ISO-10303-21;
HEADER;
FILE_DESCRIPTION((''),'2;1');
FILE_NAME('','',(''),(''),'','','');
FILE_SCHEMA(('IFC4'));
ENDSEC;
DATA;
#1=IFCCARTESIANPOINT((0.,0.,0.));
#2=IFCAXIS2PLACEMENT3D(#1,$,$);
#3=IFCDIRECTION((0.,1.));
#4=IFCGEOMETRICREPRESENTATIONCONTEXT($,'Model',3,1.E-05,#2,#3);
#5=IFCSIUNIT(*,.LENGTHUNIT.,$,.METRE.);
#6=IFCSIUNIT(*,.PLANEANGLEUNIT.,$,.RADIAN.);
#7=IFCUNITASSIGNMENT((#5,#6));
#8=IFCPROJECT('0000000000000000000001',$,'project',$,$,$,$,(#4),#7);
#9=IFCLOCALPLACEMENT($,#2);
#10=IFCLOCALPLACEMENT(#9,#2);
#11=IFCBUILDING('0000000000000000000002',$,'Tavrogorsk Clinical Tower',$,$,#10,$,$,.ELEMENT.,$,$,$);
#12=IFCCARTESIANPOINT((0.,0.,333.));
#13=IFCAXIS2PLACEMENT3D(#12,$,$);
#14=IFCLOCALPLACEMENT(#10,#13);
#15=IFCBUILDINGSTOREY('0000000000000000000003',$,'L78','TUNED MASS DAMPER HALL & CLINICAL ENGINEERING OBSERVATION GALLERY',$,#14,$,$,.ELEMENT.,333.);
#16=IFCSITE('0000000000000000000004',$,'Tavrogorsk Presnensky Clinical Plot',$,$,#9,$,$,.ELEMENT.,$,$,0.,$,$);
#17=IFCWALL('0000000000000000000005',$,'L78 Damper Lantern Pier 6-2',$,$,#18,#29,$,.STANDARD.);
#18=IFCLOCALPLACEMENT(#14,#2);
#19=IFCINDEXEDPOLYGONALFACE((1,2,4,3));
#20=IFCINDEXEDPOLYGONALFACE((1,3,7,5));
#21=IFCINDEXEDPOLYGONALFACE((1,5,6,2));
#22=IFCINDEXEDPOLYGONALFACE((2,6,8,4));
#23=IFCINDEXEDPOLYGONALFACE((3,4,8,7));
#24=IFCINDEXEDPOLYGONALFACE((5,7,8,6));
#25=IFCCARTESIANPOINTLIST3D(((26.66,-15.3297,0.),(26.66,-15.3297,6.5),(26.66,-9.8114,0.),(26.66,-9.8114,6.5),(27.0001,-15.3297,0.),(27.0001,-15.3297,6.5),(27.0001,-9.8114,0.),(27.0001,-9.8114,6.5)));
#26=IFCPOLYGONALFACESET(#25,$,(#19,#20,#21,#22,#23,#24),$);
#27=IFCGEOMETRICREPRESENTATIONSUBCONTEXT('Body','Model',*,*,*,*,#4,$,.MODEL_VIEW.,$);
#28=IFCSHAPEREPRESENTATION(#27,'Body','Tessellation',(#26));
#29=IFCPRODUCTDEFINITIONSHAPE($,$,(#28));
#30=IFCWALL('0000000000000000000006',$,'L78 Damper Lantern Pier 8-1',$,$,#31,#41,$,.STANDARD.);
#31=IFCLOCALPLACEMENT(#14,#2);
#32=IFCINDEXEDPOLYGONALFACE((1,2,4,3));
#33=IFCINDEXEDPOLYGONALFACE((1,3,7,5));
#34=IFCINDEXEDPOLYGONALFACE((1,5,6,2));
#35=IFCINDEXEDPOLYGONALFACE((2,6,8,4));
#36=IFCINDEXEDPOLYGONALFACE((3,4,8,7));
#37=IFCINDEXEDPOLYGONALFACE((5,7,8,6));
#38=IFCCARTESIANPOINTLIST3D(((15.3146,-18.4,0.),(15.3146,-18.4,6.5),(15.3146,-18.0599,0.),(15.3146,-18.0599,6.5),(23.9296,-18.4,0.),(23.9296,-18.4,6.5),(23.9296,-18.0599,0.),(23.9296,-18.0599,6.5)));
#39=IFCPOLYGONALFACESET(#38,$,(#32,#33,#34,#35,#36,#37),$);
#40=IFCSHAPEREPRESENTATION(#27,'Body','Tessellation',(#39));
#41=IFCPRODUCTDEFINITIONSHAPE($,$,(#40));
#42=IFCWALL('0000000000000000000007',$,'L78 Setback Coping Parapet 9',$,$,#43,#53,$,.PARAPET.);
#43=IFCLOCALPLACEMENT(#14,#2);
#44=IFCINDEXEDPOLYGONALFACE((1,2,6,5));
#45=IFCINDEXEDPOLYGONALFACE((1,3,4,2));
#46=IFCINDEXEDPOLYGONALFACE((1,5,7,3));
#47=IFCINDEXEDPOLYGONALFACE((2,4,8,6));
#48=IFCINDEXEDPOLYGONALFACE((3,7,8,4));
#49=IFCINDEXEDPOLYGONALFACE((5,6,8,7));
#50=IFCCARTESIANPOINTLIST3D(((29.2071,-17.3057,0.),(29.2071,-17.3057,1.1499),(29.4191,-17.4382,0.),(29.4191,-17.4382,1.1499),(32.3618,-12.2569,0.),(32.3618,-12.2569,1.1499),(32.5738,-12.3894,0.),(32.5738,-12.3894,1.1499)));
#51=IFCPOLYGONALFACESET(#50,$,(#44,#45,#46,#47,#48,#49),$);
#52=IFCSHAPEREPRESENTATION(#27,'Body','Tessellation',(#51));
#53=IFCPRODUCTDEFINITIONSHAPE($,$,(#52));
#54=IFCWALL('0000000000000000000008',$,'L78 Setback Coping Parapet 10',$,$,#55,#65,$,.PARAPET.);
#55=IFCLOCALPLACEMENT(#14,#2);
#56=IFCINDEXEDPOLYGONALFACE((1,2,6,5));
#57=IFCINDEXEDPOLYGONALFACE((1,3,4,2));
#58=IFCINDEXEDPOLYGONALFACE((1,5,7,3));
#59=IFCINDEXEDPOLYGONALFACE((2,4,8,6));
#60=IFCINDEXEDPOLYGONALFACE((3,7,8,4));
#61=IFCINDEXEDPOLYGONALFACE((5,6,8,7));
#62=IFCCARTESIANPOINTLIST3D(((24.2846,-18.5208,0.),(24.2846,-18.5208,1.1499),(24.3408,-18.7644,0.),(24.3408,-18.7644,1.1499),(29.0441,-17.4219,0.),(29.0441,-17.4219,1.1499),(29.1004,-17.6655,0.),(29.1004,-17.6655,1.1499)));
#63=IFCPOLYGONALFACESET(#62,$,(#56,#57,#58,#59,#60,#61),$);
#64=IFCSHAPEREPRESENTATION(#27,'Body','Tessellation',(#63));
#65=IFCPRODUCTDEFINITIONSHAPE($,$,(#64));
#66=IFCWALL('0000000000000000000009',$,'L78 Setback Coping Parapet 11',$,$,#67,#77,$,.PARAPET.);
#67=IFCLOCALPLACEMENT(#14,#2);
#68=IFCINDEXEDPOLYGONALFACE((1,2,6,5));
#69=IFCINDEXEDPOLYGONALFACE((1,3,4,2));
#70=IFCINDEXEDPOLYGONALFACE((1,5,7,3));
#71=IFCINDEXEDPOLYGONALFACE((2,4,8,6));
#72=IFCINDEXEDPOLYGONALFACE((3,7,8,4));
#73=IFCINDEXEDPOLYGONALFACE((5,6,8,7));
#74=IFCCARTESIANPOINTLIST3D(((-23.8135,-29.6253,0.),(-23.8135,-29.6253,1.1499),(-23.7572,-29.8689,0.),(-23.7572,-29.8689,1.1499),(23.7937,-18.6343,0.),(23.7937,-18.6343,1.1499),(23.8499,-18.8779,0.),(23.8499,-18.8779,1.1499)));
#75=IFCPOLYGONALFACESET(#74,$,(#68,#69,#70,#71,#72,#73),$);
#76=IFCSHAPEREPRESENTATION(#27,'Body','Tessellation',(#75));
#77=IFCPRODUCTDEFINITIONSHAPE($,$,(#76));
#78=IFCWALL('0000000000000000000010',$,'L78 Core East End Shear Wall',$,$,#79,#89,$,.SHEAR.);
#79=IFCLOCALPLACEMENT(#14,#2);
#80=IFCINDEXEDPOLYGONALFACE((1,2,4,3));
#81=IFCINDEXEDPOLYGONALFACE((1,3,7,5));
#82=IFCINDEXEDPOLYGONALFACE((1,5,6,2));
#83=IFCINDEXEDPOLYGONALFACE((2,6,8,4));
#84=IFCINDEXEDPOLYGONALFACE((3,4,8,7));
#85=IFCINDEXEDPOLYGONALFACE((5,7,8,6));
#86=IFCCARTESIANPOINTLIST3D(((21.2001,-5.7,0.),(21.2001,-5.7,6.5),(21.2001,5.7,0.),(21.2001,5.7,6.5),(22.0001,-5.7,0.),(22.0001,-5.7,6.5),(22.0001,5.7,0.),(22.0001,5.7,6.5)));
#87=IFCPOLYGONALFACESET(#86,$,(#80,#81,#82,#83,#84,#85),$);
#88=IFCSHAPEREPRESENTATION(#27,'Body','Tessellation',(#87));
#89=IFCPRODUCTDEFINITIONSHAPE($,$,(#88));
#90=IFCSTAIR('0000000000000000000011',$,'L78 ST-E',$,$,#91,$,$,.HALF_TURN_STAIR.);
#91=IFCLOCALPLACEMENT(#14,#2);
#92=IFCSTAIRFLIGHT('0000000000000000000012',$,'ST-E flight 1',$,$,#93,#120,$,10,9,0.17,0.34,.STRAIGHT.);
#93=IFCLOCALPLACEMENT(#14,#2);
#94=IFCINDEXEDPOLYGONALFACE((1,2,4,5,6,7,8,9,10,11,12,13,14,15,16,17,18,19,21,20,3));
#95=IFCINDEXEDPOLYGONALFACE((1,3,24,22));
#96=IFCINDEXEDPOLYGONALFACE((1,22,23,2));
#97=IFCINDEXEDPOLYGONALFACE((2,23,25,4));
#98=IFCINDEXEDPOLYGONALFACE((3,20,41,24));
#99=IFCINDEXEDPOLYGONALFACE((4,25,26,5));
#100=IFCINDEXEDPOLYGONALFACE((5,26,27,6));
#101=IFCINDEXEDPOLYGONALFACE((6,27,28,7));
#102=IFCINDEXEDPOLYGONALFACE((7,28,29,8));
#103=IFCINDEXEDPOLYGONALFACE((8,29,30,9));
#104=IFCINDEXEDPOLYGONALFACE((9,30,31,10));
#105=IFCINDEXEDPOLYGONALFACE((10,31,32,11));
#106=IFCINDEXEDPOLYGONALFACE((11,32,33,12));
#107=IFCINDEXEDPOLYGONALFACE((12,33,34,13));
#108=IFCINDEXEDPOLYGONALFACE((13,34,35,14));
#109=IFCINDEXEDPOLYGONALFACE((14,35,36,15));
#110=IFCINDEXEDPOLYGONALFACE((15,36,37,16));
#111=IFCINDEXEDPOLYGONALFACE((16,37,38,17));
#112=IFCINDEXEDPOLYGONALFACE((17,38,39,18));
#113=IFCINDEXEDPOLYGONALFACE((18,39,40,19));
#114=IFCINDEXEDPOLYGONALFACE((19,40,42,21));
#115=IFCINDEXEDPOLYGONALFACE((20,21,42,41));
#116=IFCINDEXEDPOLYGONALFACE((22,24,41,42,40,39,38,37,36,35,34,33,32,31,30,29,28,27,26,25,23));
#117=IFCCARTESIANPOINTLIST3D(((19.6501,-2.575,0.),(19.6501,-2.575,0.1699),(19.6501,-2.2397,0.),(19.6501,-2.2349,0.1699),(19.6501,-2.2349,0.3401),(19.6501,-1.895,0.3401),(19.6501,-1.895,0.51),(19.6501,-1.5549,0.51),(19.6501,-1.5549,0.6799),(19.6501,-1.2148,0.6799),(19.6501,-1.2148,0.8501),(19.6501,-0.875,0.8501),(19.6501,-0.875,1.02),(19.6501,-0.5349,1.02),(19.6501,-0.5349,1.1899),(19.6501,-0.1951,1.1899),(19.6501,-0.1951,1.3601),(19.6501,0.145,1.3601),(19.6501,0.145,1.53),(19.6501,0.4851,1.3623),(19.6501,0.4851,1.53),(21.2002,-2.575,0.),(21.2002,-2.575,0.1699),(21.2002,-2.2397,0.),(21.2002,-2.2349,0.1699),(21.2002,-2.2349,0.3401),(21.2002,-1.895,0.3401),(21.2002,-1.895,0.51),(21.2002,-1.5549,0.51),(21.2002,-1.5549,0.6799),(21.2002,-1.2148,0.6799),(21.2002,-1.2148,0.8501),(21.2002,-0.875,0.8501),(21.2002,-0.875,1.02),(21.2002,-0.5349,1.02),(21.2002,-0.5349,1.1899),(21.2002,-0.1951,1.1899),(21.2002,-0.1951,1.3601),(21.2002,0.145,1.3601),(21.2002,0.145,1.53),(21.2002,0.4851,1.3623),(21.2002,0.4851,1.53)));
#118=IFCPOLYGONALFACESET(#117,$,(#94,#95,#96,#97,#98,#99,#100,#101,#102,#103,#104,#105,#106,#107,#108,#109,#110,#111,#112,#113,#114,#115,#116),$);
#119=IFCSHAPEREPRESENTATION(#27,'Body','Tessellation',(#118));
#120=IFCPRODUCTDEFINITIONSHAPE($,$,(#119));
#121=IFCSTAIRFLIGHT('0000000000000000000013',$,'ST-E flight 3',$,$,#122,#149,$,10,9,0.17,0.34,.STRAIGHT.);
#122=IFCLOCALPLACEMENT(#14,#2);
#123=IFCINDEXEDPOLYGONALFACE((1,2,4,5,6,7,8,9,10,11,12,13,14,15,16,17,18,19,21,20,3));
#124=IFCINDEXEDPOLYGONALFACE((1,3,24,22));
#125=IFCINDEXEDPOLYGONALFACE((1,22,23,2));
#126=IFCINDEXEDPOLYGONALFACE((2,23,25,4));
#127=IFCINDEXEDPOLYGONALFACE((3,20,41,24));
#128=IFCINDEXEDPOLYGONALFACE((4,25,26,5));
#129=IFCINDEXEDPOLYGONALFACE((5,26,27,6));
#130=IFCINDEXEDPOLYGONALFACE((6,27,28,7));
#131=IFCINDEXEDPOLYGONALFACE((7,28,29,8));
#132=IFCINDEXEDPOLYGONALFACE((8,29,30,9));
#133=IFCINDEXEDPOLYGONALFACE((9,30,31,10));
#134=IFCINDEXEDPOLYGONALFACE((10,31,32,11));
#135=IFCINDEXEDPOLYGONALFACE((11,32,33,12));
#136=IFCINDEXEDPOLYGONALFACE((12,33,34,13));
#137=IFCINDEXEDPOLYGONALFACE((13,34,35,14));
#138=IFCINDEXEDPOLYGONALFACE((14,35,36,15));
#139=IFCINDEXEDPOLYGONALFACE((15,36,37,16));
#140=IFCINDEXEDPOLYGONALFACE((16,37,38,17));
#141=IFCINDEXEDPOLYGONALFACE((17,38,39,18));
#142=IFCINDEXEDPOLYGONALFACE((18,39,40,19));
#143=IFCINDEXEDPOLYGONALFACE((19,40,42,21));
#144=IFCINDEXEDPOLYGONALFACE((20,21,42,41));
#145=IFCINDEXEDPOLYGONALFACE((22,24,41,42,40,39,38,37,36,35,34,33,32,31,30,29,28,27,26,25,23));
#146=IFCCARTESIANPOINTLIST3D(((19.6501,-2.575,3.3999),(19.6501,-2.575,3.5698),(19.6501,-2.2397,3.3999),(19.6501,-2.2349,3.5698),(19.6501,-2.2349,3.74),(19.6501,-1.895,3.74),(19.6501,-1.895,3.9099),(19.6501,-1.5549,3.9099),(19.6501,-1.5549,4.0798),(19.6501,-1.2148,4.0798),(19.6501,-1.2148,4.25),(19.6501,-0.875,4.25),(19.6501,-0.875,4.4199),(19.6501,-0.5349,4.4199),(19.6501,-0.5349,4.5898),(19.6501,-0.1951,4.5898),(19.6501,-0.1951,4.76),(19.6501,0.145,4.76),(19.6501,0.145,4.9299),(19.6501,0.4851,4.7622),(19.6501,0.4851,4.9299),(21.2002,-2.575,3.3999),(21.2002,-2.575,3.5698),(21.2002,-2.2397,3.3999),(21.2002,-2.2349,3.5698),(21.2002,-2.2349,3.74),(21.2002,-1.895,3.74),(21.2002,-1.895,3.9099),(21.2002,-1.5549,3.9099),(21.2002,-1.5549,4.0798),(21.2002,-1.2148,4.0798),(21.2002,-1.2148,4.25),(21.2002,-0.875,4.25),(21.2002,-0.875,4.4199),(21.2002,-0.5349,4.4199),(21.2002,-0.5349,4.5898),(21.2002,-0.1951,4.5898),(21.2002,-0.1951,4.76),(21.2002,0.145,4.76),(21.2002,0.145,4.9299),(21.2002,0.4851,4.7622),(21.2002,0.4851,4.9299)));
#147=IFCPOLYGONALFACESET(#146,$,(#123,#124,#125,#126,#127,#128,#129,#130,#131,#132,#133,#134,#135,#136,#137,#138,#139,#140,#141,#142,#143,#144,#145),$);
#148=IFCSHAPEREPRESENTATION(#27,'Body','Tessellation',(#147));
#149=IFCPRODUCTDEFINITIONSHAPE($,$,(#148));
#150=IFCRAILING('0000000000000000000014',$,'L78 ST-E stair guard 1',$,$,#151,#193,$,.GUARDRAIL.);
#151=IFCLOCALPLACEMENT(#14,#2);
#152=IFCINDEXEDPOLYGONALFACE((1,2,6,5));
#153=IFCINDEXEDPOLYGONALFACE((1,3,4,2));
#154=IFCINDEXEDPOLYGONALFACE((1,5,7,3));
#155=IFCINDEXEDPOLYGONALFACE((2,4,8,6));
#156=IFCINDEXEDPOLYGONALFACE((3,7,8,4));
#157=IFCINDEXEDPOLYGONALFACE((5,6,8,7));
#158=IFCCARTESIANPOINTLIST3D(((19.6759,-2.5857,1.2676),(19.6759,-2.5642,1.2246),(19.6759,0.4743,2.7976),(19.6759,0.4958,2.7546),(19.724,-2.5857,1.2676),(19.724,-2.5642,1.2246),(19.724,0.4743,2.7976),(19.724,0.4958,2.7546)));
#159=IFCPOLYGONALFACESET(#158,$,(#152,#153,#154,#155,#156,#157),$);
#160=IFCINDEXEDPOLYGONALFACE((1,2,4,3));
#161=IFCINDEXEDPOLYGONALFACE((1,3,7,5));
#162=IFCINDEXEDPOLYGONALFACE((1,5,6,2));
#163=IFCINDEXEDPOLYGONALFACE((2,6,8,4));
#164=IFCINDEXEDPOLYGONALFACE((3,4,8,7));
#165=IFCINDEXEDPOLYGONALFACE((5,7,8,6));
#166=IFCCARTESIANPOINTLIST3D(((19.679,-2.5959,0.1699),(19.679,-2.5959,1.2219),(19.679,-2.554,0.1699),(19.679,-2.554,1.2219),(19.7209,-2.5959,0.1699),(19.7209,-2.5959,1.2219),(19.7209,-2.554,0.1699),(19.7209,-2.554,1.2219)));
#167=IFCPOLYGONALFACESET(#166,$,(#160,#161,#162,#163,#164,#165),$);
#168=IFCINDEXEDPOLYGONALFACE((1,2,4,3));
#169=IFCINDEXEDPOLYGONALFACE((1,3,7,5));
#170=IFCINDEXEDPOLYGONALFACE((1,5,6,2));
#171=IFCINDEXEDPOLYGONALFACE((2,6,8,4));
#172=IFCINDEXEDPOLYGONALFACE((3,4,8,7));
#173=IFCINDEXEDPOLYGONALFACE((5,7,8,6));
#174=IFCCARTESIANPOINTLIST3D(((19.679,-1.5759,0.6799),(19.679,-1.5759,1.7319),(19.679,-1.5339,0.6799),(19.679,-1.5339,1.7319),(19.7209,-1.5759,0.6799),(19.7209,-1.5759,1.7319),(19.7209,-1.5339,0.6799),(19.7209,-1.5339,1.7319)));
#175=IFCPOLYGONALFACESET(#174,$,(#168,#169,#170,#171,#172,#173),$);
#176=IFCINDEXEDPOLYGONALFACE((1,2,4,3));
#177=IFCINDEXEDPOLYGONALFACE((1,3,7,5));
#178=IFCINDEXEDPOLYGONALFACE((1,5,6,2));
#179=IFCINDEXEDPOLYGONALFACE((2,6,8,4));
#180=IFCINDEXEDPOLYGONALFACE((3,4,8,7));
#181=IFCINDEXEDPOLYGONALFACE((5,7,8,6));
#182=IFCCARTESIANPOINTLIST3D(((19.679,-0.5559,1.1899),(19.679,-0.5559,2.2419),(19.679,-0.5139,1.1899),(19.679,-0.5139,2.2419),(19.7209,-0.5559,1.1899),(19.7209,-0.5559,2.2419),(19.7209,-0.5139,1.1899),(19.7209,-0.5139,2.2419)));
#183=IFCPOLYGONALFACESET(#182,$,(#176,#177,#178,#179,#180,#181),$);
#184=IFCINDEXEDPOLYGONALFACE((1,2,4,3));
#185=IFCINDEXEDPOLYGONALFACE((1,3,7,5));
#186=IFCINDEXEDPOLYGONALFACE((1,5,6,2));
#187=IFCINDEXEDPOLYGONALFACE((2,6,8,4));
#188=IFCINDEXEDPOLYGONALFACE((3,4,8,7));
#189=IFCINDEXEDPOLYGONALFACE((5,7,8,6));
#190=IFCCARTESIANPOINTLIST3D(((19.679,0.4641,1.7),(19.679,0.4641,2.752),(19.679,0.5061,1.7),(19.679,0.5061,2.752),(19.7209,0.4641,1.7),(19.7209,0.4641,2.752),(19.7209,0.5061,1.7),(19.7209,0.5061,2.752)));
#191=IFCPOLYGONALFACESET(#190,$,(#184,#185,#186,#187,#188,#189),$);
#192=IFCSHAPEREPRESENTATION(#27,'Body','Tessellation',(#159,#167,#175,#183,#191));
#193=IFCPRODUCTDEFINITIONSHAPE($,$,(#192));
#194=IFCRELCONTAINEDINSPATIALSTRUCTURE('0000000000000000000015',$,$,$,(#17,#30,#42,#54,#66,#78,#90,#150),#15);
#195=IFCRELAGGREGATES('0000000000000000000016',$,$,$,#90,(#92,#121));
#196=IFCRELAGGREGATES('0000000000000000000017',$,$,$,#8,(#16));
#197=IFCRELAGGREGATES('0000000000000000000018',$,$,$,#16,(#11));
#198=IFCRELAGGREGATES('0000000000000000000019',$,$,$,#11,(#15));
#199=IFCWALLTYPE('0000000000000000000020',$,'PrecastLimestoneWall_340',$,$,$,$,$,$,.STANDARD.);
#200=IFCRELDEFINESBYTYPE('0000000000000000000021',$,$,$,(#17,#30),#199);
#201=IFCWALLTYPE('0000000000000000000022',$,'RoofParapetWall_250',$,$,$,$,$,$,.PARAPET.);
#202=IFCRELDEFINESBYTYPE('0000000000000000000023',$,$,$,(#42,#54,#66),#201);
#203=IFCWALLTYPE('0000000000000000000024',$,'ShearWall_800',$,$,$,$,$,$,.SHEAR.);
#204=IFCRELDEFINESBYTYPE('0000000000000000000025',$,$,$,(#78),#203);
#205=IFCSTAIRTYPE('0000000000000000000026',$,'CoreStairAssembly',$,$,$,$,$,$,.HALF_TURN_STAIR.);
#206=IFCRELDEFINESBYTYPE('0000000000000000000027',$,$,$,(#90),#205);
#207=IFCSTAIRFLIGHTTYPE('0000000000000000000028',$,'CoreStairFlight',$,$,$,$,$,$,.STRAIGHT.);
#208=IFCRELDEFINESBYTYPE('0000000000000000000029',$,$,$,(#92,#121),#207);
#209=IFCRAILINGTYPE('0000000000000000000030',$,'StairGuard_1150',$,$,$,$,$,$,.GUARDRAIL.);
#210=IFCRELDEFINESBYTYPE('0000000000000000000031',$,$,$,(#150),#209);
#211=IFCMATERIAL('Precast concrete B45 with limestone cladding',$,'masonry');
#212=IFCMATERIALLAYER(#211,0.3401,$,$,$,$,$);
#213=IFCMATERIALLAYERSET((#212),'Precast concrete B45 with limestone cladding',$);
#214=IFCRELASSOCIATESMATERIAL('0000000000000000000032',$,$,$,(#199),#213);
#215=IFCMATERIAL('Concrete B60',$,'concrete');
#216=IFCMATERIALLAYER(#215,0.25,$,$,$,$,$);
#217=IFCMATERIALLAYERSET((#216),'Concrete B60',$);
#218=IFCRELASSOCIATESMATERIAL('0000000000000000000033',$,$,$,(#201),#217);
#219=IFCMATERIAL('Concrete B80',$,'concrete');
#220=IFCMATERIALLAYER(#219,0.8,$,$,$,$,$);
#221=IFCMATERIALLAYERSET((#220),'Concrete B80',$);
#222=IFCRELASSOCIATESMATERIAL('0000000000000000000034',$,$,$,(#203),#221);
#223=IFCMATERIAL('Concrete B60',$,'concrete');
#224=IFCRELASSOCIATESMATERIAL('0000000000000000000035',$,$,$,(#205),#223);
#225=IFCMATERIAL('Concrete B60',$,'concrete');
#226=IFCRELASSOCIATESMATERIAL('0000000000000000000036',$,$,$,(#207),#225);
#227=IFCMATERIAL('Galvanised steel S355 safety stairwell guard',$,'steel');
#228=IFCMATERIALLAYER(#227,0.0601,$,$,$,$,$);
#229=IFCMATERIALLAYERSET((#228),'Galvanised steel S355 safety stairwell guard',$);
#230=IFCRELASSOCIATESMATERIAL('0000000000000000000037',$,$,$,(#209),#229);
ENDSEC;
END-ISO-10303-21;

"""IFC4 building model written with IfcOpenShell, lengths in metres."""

from ifc_helpers import new_model, si_unit, direction, frame, frame_2d, origin, origin_2d, place, context, subcontext, project, spatial, polyline, rectangle, outline, extrude, material, layer, layer_set, type_object, element, aggregate, save


model = new_model("IFC4")

# Units and contexts
model_context = context("Model", 3, precision=1e-05, world=origin(), true_north=direction((0.0, 1.0)))
body_context = subcontext(model_context, "Body", "Model", "MODEL_VIEW")
ifc_project = project(units=[si_unit("LENGTHUNIT", "METRE"), si_unit("PLANEANGLEUNIT", "RADIAN")], contexts=[model_context])

# Site, building, storey
site_placement = place(None, origin())
site = spatial("IfcSite", under=ifc_project, at=site_placement, Name="Tavrogorsk Presnensky Clinical Plot", CompositionType="ELEMENT", RefElevation=0.0)
building_placement = place(site_placement, origin())
building = spatial("IfcBuilding", under=site, at=building_placement, Name="Tavrogorsk Clinical Tower", CompositionType="ELEMENT")
storey_placement = place(building_placement, frame((0.0, 0.0, 333.0)))
storey = spatial("IfcBuildingStorey", under=building, at=storey_placement, Name="L78", Description="TUNED MASS DAMPER HALL & CLINICAL ENGINEERING OBSERVATION GALLERY", CompositionType="ELEMENT", Elevation=333.0)

# Walls
ifc_material_1 = material(Name="Precast concrete B45 with limestone cladding", Category="masonry")
ifc_layer_1 = layer(ifc_material_1, 0.3401)
ifc_layer_set_1 = layer_set([ifc_layer_1], Name="Precast concrete B45 with limestone cladding")
wall_type_1 = type_object("IfcWallType", Name="PrecastLimestoneWall_340", PredefinedType="STANDARD", material=ifc_layer_set_1)
wall_1_placement = place(storey_placement, frame((26.8301, -9.8113, 0.0), z_axis=(0.0, 0.0, 1.0), x_axis=(0.0, -1.0, 0.0)))
element("IfcWall", 1, at=wall_1_placement, inside=storey, type_object=wall_type_1, Name="L78 Damper Lantern Pier 6-2", PredefinedType="STANDARD", context=body_context, shape_type="SweptSolid", body=[
    extrude(rectangle(XDim=5.5183, YDim=0.3401, at=frame_2d((2.7593, 0.0))), origin(), (0.0, 0.0, 1.0), 6.5),
])
wall_2_placement = place(storey_placement, frame((23.9297, -18.23, 0.0), z_axis=(0.0, 0.0, 1.0), x_axis=(-1.0, 0.0, 0.0)))
element("IfcWall", 2, at=wall_2_placement, inside=storey, type_object=wall_type_1, Name="L78 Damper Lantern Pier 8-1", PredefinedType="STANDARD", context=body_context, shape_type="SweptSolid", body=[
    extrude(rectangle(XDim=8.615, YDim=0.3401, at=frame_2d((4.3076, 0.0))), origin(), (0.0, 0.0, 1.0), 6.5),
])
ifc_material_2 = material(Name="Concrete B60", Category="concrete")
ifc_layer_2 = layer(ifc_material_2, 0.25)
ifc_layer_set_2 = layer_set([ifc_layer_2], Name="Concrete B60")
wall_type_2 = type_object("IfcWallType", Name="RoofParapetWall_250", PredefinedType="PARAPET", material=ifc_layer_set_2)
wall_3_placement = place(storey_placement, frame((32.4678, -12.3232, 0.0), z_axis=(0.0, 0.0, 1.0), x_axis=(-0.52991, -0.848054, 0.0)))
element("IfcWall", 3, at=wall_3_placement, inside=storey, type_object=wall_type_2, Name="L78 Setback Coping Parapet 9", PredefinedType="PARAPET", context=body_context, shape_type="SweptSolid", body=[
    extrude(rectangle(XDim=5.9534, YDim=0.25, at=frame_2d((2.9766, 0.0))), origin(), (0.0, 0.0, 1.0), 1.1499),
])
wall_4_placement = place(storey_placement, frame((29.0723, -17.5437, 0.0), z_axis=(0.0, 0.0, 1.0), x_axis=(-0.974368, -0.224962, 0.0)))
element("IfcWall", 4, at=wall_4_placement, inside=storey, type_object=wall_type_2, Name="L78 Setback Coping Parapet 10", PredefinedType="PARAPET", context=body_context, shape_type="SweptSolid", body=[
    extrude(rectangle(XDim=4.8848, YDim=0.25, at=frame_2d((2.4424, 0.0))), origin(), (0.0, 0.0, 1.0), 1.1499),
])
wall_5_placement = place(storey_placement, frame((23.8218, -18.7561, 0.0), z_axis=(0.0, 0.0, 1.0), x_axis=(-0.97437, -0.224951, 0.0)))
element("IfcWall", 5, at=wall_5_placement, inside=storey, type_object=wall_type_2, Name="L78 Setback Coping Parapet 11", PredefinedType="PARAPET", context=body_context, shape_type="SweptSolid", body=[
    extrude(rectangle(XDim=48.8594, YDim=0.25, at=frame_2d((24.4297, 0.0))), origin(), (0.0, 0.0, 1.0), 1.1499),
])
ifc_material_3 = material(Name="Concrete B80", Category="concrete")
ifc_layer_3 = layer(ifc_material_3, 0.8)
ifc_layer_set_3 = layer_set([ifc_layer_3], Name="Concrete B80")
wall_type_3 = type_object("IfcWallType", Name="ShearWall_800", PredefinedType="SHEAR", material=ifc_layer_set_3)
wall_6_placement = place(storey_placement, frame((21.6001, -5.7, 0.0), z_axis=(0.0, 0.0, 1.0), x_axis=(0.0, 1.0, 0.0)))
element("IfcWall", 6, at=wall_6_placement, inside=storey, type_object=wall_type_3, Name="L78 Core East End Shear Wall", PredefinedType="SHEAR", context=body_context, shape_type="SweptSolid", body=[
    extrude(rectangle(XDim=11.3999, YDim=0.8, at=frame_2d((5.7, 0.0))), origin(), (0.0, 0.0, 1.0), 6.5),
])

# Stair, stair flights
ifc_material_4 = material(Name="Concrete B60", Category="concrete")
stair_type = type_object("IfcStairType", Name="CoreStairAssembly", PredefinedType="HALF_TURN_STAIR", material=ifc_material_4)
stair_placement = place(storey_placement, origin())
stair = element("IfcStair", 7, at=stair_placement, inside=storey, type_object=stair_type, Name="L78 ST-E", PredefinedType="HALF_TURN_STAIR")
ifc_material_5 = material(Name="Concrete B60", Category="concrete")
stair_flight_type = type_object("IfcStairFlightType", Name="CoreStairFlight", PredefinedType="STRAIGHT", material=ifc_material_5)
stair_flight_1_placement = place(storey_placement, frame((20.425, -2.575, 0.0), z_axis=(0.0, 0.0, 1.0), x_axis=(0.0, 1.0, 0.0)))
stair_flight_1 = element("IfcStairFlight", 8, at=stair_flight_1_placement, type_object=stair_flight_type, Name="ST-E flight 1", NumberOfRisers=10, NumberOfTreads=9, PredefinedType="STRAIGHT", RiserHeight=0.17, TreadLength=0.34, context=body_context, shape_type="SweptSolid", body=[
    extrude(outline(polyline([(0.0, 0.0), (0.0, 0.1699), (0.3401, 0.1699), (0.3401, 0.3401), (0.6799, 0.3401), (0.6799, 0.51), (1.02, 0.51), (1.02, 0.6799), (1.3601, 0.6799), (1.3601, 0.8501), (1.7, 0.8501), (1.7, 1.02), (2.04, 1.02), (2.04, 1.1899), (2.3799, 1.1899), (2.3799, 1.3601), (2.72, 1.3601), (2.72, 1.53), (3.0601, 1.53), (3.0601, 1.7), (3.0601, 1.3623), (0.3352, 0.0), (0.0, 0.0)])), frame((0.0, 0.7749, 0.0), z_axis=(0.0, -1.0, 0.0), x_axis=(1.0, 0.0, 0.0)), (0.0, 0.0, 1.0), 1.55),
])
stair_flight_2_placement = place(storey_placement, frame((20.425, -2.575, 3.3999), z_axis=(0.0, 0.0, 1.0), x_axis=(0.0, 1.0, 0.0)))
stair_flight_2 = element("IfcStairFlight", 9, at=stair_flight_2_placement, type_object=stair_flight_type, Name="ST-E flight 3", NumberOfRisers=10, NumberOfTreads=9, PredefinedType="STRAIGHT", RiserHeight=0.17, TreadLength=0.34, context=body_context, shape_type="SweptSolid", body=[
    extrude(outline(polyline([(0.0, 0.0), (0.0, 0.1699), (0.3401, 0.1699), (0.3401, 0.3401), (0.6799, 0.3401), (0.6799, 0.51), (1.02, 0.51), (1.02, 0.6799), (1.3601, 0.6799), (1.3601, 0.8501), (1.7, 0.8501), (1.7, 1.02), (2.04, 1.02), (2.04, 1.1899), (2.3799, 1.1899), (2.3799, 1.3601), (2.72, 1.3601), (2.72, 1.53), (3.0601, 1.53), (3.0601, 1.7), (3.0601, 1.3623), (0.3352, 0.0), (0.0, 0.0)])), frame((0.0, 0.7749, 0.0), z_axis=(0.0, -1.0, 0.0), x_axis=(1.0, 0.0, 0.0)), (0.0, 0.0, 1.0), 1.55),
])
aggregate(stair, [stair_flight_1, stair_flight_2])

# Railing
ifc_material_6 = material(Name="Galvanised steel S355 safety stairwell guard", Category="steel")
ifc_layer_4 = layer(ifc_material_6, 0.0601)
ifc_layer_set_4 = layer_set([ifc_layer_4], Name="Galvanised steel S355 safety stairwell guard")
railing_type_1 = type_object("IfcRailingType", Name="StairGuard_1150", PredefinedType="GUARDRAIL", material=ifc_layer_set_4)
railing_1_placement = place(storey_placement, frame((19.7, -2.575, 0.1699)))
element("IfcRailing", 10, at=railing_1_placement, inside=storey, type_object=railing_type_1, Name="L78 ST-E stair guard 1", PredefinedType="GUARDRAIL", context=body_context, shape_type="SweptSolid", body=[
    extrude(rectangle(XDim=0.0481, YDim=0.0481, at=origin_2d()), frame((0.0, 0.0, 1.0762), z_axis=(0.0, 0.894427, 0.447214), x_axis=(-1.0, 0.0, 0.0)), (0.0, 0.0, 1.0), 3.4211),
    extrude(rectangle(XDim=0.042, YDim=0.042, at=origin_2d()), origin(), (0.0, 0.0, 1.0), 1.052),
    extrude(rectangle(XDim=0.042, YDim=0.042, at=origin_2d()), frame((0.0, 1.02, 0.51)), (0.0, 0.0, 1.0), 1.052),
    extrude(rectangle(XDim=0.042, YDim=0.042, at=origin_2d()), frame((0.0, 2.04, 1.02)), (0.0, 0.0, 1.0), 1.052),
    extrude(rectangle(XDim=0.042, YDim=0.042, at=origin_2d()), frame((0.0, 3.0601, 1.53)), (0.0, 0.0, 1.0), 1.052),
])

save(model, "model.ifc")
